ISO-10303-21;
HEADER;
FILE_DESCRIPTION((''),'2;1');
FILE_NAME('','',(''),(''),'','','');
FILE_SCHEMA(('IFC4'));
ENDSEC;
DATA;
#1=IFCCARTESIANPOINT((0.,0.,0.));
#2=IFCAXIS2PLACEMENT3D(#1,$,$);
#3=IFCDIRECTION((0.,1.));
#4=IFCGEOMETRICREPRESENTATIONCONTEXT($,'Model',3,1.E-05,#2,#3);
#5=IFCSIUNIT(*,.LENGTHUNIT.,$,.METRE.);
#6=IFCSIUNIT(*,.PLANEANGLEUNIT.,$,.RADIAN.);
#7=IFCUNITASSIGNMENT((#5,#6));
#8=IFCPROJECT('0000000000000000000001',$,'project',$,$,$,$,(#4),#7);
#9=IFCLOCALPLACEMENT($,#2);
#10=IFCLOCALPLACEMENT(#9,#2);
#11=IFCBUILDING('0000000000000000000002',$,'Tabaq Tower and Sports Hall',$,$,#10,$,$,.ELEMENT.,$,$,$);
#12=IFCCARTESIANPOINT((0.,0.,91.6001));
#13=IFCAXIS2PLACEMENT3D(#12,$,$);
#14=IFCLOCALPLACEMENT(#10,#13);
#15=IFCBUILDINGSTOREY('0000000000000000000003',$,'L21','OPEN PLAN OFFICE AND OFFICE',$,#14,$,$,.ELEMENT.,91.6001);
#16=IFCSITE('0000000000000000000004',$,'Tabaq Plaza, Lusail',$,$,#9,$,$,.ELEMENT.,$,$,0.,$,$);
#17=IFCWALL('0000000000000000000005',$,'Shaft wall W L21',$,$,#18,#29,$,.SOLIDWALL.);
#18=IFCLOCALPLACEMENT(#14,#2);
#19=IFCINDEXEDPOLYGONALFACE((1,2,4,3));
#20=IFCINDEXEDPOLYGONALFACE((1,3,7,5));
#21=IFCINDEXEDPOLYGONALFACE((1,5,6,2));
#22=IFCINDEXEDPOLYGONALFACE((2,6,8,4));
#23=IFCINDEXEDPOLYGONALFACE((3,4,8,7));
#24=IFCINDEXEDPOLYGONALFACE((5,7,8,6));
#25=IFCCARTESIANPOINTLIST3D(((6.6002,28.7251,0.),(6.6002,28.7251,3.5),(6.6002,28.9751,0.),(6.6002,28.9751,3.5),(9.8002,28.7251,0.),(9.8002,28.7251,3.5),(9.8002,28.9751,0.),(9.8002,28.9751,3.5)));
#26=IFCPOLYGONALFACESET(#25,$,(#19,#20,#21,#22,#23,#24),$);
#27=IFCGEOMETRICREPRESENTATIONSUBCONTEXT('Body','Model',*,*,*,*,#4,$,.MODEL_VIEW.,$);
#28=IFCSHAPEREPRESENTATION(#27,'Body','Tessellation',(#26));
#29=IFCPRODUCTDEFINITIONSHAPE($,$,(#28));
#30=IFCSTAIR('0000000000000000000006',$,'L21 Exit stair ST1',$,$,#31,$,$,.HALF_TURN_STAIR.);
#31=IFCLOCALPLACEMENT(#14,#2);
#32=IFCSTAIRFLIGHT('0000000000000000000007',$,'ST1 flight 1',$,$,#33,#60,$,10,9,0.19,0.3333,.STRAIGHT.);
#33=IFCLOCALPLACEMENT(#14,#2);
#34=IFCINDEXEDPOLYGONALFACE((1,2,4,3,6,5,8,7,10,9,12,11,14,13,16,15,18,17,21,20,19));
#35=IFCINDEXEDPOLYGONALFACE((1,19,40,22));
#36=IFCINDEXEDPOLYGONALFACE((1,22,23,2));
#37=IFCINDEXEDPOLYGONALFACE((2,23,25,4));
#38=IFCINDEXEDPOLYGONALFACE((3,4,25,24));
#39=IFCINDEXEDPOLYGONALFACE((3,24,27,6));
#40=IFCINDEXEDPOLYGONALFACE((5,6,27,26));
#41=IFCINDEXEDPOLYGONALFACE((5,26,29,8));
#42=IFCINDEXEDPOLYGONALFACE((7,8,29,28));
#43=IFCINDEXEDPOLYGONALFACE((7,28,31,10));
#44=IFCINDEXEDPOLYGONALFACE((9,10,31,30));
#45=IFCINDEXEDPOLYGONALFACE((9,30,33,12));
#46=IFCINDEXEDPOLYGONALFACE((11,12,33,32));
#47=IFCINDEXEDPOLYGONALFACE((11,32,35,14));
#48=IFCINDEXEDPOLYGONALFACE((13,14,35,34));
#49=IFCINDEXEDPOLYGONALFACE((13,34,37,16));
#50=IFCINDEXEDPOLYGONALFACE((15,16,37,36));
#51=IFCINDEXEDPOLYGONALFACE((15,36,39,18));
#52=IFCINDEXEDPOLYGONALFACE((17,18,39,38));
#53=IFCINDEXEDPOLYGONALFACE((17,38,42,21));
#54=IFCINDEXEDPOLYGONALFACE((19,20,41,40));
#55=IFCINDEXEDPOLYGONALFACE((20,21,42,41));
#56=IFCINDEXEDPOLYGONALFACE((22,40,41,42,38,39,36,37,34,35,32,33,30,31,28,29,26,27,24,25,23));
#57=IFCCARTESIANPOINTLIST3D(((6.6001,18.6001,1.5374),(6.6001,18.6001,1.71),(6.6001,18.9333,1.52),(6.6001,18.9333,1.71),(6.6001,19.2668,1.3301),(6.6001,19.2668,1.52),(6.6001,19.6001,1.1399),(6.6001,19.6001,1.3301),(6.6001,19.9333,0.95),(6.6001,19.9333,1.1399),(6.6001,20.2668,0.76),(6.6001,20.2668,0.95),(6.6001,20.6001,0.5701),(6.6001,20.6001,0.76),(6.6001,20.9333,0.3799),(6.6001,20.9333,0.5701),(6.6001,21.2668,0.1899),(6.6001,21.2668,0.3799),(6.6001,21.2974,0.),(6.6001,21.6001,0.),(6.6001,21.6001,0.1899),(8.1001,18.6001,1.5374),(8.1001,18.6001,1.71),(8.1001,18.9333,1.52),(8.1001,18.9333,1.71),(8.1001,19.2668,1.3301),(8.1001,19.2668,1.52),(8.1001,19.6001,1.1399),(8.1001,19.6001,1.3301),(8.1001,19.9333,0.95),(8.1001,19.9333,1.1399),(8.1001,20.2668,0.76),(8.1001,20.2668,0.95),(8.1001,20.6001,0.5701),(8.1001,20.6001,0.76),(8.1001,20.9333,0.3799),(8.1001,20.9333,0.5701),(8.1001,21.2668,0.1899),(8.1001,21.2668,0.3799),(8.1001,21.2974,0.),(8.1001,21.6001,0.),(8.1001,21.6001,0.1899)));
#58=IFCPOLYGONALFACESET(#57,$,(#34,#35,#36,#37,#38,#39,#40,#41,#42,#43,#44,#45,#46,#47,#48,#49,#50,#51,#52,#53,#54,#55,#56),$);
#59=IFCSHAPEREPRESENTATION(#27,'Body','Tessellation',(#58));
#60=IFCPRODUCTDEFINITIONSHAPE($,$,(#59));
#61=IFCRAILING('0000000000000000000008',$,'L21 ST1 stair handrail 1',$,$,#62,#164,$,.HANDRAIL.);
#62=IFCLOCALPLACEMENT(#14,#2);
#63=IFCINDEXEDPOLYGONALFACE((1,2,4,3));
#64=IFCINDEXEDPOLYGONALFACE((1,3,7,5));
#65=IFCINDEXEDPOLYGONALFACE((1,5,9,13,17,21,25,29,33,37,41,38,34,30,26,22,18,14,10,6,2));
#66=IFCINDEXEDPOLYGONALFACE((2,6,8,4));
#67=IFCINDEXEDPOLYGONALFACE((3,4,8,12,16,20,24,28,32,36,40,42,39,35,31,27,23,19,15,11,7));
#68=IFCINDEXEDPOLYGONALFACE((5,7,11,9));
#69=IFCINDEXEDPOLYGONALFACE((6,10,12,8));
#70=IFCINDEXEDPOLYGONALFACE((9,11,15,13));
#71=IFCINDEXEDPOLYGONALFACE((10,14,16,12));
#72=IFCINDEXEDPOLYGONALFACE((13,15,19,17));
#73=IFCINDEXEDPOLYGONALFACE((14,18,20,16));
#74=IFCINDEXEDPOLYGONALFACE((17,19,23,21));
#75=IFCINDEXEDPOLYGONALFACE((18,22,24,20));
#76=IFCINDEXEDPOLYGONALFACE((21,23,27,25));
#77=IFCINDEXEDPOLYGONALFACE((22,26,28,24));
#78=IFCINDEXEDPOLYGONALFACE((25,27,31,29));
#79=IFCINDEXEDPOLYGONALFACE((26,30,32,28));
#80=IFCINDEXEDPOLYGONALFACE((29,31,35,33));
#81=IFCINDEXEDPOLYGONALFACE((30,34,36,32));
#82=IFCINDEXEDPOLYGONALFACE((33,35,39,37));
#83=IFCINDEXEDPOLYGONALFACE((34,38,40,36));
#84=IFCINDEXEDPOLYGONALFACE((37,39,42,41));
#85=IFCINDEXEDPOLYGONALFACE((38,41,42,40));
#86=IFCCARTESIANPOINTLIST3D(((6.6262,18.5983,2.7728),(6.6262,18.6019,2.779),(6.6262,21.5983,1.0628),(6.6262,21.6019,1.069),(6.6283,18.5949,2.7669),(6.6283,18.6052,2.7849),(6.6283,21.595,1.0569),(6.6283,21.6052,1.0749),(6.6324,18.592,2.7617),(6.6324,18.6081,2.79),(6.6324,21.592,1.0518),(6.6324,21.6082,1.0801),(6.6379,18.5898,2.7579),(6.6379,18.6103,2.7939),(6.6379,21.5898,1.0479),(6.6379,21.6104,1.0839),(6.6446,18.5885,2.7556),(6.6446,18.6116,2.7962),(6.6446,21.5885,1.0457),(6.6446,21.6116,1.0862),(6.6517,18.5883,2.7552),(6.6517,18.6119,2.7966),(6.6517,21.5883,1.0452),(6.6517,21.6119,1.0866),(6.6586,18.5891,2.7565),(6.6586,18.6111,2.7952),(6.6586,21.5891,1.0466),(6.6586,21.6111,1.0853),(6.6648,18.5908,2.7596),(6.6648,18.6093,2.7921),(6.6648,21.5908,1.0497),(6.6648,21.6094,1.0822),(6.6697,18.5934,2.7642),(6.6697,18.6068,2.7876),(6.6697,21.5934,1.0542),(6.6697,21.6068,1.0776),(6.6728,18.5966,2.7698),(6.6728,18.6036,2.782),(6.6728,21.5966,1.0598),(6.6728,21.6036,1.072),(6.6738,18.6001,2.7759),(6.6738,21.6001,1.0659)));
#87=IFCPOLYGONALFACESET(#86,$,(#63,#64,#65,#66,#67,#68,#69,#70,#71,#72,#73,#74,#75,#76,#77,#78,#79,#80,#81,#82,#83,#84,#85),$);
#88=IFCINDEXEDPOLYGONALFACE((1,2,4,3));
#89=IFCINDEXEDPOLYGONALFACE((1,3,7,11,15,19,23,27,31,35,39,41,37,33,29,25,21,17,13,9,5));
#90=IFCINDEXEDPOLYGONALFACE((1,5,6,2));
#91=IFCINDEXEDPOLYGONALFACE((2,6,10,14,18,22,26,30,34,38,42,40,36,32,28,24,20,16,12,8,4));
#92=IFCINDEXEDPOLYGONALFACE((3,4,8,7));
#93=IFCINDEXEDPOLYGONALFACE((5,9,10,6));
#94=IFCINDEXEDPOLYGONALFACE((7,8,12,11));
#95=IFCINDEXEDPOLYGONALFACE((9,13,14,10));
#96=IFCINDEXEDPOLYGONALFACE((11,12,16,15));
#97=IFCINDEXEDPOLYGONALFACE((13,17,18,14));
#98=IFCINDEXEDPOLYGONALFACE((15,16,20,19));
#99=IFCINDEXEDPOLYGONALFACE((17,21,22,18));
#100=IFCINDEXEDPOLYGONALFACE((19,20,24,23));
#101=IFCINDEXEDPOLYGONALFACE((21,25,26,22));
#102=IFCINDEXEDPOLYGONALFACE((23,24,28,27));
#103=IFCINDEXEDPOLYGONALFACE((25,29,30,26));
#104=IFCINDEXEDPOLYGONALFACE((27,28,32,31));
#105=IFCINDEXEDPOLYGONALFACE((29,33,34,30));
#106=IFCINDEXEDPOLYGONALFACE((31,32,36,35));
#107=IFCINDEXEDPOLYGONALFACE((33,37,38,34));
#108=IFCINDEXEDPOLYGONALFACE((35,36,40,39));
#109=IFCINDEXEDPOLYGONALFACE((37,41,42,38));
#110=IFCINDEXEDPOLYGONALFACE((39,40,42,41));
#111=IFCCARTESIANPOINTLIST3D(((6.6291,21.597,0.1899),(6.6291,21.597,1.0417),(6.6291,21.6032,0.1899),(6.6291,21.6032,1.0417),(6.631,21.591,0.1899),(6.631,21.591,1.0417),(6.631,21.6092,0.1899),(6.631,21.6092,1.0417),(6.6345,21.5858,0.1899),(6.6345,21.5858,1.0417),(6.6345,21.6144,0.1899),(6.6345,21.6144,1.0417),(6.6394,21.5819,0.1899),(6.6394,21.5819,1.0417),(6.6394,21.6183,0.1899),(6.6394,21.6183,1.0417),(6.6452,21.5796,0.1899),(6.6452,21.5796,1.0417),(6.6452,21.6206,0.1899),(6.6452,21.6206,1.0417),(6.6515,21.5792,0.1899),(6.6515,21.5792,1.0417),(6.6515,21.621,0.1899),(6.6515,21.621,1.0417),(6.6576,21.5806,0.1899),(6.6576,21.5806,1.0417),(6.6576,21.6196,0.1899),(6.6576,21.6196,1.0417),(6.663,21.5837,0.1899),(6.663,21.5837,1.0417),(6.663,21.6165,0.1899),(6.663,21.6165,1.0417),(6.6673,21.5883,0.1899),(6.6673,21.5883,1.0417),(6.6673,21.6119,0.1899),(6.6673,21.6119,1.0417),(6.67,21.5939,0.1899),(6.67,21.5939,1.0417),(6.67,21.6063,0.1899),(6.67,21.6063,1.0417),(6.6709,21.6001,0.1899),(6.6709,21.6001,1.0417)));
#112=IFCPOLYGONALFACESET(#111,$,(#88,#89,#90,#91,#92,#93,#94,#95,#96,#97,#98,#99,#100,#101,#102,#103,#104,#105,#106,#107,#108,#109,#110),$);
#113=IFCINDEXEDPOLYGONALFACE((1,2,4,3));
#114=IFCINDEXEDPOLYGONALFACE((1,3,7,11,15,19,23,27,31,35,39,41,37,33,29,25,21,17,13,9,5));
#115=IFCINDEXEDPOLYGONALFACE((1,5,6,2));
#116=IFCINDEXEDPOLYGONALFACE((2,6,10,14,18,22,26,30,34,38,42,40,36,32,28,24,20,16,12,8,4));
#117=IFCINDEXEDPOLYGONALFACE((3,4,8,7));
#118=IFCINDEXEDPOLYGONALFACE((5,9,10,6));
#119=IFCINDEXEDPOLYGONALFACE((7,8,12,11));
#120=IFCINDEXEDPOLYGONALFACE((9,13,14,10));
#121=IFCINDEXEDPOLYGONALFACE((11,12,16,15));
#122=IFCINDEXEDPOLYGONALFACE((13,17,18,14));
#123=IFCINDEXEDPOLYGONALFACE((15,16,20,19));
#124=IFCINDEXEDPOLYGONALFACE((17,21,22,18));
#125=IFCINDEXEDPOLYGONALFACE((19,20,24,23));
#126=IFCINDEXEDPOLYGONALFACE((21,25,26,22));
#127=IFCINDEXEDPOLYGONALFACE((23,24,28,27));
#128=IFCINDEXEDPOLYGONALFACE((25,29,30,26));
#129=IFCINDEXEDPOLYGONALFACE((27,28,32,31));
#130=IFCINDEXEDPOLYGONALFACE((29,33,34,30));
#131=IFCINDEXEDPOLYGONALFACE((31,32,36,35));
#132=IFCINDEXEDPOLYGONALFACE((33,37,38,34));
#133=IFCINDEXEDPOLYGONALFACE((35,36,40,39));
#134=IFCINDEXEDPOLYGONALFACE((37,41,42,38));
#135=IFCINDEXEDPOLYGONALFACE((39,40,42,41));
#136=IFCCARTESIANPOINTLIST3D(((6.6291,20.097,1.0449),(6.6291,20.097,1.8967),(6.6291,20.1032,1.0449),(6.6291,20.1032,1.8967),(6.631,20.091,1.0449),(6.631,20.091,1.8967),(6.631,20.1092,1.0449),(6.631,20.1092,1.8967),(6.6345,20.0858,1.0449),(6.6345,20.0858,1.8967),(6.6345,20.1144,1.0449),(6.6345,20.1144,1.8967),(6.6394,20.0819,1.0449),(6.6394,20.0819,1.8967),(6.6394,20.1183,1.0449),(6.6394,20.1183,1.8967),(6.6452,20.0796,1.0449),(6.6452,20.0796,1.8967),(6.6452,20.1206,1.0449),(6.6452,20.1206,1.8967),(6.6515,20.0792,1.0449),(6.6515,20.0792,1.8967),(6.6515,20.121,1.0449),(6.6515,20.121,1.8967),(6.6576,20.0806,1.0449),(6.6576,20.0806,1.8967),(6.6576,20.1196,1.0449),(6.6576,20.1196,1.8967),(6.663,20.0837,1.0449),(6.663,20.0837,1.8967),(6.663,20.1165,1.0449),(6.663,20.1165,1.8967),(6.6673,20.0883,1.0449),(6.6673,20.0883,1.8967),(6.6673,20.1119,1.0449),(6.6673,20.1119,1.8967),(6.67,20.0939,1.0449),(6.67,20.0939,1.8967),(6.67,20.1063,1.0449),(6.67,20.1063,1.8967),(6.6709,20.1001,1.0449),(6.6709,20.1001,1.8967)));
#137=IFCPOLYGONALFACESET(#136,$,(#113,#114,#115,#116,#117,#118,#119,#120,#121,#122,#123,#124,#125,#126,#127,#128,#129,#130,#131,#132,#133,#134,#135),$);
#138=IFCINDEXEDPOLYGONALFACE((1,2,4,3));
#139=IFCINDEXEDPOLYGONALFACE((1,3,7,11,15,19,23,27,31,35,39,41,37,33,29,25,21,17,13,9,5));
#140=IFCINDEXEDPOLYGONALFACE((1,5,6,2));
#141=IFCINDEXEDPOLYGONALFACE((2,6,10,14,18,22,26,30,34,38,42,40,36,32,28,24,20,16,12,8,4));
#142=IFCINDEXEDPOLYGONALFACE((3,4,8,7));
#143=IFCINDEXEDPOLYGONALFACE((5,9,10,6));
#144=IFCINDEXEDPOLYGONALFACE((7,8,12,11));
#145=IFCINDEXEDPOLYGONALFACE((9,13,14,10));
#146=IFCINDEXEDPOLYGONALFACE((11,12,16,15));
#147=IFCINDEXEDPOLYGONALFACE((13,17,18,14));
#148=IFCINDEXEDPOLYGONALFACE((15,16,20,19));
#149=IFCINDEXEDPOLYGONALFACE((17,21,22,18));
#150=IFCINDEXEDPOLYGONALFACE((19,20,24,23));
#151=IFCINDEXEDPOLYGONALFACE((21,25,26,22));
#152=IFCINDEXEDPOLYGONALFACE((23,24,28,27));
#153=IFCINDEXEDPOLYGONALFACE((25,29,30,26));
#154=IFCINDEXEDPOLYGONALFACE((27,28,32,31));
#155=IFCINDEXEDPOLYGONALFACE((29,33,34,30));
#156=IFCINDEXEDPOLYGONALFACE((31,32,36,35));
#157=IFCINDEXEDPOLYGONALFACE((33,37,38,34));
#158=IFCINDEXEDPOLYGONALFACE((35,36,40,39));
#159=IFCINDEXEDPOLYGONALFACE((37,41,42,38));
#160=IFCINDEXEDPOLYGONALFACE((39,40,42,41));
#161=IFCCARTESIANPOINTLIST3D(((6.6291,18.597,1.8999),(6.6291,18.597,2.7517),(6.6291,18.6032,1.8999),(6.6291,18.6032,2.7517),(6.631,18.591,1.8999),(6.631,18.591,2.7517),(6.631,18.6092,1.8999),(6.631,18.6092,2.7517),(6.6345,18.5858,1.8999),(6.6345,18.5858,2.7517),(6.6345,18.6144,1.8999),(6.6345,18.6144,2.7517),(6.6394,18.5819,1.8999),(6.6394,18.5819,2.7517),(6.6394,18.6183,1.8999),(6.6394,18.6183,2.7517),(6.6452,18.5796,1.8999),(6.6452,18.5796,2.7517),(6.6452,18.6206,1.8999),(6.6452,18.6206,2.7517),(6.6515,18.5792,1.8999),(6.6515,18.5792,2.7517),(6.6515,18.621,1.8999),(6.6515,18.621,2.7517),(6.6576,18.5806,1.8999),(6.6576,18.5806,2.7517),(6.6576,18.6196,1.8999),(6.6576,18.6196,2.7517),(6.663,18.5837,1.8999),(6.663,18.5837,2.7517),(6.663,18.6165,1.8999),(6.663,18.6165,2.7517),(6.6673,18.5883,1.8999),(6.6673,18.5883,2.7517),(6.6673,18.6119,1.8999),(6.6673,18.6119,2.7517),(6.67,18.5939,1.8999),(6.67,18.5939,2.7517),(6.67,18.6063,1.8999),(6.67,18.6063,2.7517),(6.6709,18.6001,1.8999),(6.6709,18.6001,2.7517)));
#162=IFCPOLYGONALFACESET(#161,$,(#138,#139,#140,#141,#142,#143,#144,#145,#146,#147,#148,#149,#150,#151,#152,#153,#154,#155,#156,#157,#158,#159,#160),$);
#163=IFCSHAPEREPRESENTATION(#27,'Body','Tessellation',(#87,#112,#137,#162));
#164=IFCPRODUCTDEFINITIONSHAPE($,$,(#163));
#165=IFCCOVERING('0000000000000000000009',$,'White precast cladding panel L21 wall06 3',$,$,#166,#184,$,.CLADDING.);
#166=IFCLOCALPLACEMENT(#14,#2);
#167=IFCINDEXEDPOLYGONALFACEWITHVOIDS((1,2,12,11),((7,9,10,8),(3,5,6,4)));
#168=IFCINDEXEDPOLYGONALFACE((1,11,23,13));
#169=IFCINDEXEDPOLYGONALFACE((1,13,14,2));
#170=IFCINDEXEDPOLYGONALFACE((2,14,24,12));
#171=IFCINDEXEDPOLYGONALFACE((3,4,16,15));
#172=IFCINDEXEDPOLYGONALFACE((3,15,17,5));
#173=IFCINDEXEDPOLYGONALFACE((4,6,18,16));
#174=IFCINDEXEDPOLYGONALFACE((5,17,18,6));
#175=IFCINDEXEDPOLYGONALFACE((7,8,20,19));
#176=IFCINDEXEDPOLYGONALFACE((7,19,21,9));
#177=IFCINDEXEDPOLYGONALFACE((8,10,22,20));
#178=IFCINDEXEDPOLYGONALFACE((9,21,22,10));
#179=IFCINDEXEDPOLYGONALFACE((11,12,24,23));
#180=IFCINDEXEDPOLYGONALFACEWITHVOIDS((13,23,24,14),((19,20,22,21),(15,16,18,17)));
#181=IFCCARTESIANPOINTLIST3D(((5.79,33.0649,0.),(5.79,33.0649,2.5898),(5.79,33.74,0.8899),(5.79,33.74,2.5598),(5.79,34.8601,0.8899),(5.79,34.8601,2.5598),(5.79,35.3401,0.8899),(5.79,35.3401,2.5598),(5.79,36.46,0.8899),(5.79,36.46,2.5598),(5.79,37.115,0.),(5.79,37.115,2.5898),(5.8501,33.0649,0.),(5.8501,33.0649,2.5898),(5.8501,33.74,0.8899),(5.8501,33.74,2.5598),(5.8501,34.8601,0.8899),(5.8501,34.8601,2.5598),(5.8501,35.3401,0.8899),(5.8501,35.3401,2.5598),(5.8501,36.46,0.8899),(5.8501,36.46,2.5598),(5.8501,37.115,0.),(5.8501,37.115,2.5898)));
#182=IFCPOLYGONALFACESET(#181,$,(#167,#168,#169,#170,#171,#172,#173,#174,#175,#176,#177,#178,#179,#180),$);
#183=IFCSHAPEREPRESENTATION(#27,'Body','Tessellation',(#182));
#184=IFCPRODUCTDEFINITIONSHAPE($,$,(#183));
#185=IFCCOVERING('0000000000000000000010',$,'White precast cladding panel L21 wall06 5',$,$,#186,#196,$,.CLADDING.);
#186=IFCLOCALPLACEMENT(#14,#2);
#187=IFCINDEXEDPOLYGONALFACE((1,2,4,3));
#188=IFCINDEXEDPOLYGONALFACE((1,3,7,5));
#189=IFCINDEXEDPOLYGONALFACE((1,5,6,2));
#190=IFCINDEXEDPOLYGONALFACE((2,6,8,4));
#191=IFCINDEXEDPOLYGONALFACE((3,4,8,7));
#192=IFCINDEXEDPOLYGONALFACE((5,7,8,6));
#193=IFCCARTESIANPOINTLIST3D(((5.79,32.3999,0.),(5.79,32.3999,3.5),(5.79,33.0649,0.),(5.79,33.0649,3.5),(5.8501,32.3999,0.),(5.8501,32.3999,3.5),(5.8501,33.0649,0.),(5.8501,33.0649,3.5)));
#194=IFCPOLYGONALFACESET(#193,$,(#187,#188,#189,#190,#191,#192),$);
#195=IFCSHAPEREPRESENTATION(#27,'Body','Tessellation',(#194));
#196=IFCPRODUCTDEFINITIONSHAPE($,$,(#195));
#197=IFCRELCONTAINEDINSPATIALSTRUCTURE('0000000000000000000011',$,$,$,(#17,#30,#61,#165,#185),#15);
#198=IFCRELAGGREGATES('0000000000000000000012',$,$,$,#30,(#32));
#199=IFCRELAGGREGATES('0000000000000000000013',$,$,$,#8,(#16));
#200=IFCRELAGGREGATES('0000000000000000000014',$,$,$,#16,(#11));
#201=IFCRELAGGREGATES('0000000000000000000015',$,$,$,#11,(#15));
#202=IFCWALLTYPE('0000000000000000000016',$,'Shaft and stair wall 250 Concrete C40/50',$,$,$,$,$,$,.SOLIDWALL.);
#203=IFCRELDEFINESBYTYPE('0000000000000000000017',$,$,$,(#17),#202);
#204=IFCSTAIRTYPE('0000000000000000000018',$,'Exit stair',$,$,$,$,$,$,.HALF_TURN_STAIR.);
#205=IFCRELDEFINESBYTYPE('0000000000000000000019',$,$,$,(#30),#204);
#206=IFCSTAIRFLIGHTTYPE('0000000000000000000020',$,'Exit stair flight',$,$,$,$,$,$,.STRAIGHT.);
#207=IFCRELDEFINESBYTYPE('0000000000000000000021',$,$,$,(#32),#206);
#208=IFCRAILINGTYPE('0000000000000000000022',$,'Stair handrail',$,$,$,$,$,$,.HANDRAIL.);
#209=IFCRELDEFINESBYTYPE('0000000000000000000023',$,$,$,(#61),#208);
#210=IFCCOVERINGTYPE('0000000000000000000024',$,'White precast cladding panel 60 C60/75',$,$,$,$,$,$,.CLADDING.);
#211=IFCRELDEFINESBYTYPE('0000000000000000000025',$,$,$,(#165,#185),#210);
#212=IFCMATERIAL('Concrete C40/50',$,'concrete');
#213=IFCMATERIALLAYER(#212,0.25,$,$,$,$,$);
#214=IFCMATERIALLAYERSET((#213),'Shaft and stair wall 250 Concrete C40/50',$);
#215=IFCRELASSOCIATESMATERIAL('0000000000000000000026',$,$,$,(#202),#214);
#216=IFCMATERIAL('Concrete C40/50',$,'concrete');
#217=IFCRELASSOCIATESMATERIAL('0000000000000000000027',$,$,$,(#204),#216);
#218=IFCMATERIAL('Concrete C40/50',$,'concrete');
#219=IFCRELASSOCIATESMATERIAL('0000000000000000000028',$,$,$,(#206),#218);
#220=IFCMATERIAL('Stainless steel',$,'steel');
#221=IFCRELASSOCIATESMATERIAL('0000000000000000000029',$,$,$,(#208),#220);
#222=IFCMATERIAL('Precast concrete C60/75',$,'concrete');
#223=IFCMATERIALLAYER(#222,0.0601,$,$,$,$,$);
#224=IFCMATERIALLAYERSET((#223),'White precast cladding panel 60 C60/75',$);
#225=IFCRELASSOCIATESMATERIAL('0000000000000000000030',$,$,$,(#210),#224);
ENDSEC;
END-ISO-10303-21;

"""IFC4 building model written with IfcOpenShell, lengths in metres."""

from ifc_helpers import new_model, si_unit, direction, frame, frame_2d, origin, origin_2d, place, context, subcontext, project, spatial, polyline, rectangle, circle, outline, extrude, material, layer, layer_set, type_object, element, aggregate, save


model = new_model("IFC4")

# Units and contexts
model_context = context("Model", 3, precision=1e-05, world=origin(), true_north=direction((0.0, 1.0)))
body_context = subcontext(model_context, "Body", "Model", "MODEL_VIEW")
ifc_project = project(units=[si_unit("LENGTHUNIT", "METRE"), si_unit("PLANEANGLEUNIT", "RADIAN")], contexts=[model_context])

# Site, building, storey
site_placement = place(None, origin())
site = spatial("IfcSite", under=ifc_project, at=site_placement, Name="Tabaq Plaza, Lusail", CompositionType="ELEMENT", RefElevation=0.0)
building_placement = place(site_placement, origin())
building = spatial("IfcBuilding", under=site, at=building_placement, Name="Tabaq Tower and Sports Hall", CompositionType="ELEMENT")
storey_placement = place(building_placement, frame((0.0, 0.0, 91.6001)))
storey = spatial("IfcBuildingStorey", under=building, at=storey_placement, Name="L21", Description="OPEN PLAN OFFICE AND OFFICE", CompositionType="ELEMENT", Elevation=91.6001)

# Shared definitions
ifc_material_1 = material(Name="Concrete C40/50", Category="concrete")
ifc_layer_1 = layer(ifc_material_1, 0.25)
ifc_layer_set_1 = layer_set([ifc_layer_1], Name="Shaft and stair wall 250 Concrete C40/50")
wall_type_1 = type_object("IfcWallType", Name="Shaft and stair wall 250 Concrete C40/50", PredefinedType="SOLIDWALL", material=ifc_layer_set_1)

# Wall
wall_1_placement = place(storey_placement, frame((6.6001, 28.8501, 0.0), z_axis=(0.0, 0.0, 1.0), x_axis=(1.0, 0.0, 0.0)))
element("IfcWall", 1, at=wall_1_placement, inside=storey, type_object=wall_type_1, Name="Shaft wall W L21", PredefinedType="SOLIDWALL", context=body_context, shape_type="SweptSolid", body=[
    extrude(rectangle(XDim=3.2, YDim=0.25, at=frame_2d((1.6001, 0.0))), origin(), (0.0, 0.0, 1.0), 3.5),
])

# Stair, stair flight
ifc_material_2 = material(Name="Concrete C40/50", Category="concrete")
stair_type = type_object("IfcStairType", Name="Exit stair", PredefinedType="HALF_TURN_STAIR", material=ifc_material_2)
stair_placement = place(storey_placement, origin())
stair = element("IfcStair", 2, at=stair_placement, inside=storey, type_object=stair_type, Name="L21 Exit stair ST1", PredefinedType="HALF_TURN_STAIR")
ifc_material_3 = material(Name="Concrete C40/50", Category="concrete")
stair_flight_type = type_object("IfcStairFlightType", Name="Exit stair flight", PredefinedType="STRAIGHT", material=ifc_material_3)
stair_flight_placement = place(storey_placement, frame((7.3501, 21.6001, 0.0), z_axis=(0.0, 0.0, 1.0), x_axis=(0.0, -1.0, 0.0)))
stair_flight = element("IfcStairFlight", 3, at=stair_flight_placement, type_object=stair_flight_type, Name="ST1 flight 1", NumberOfRisers=10, NumberOfTreads=9, PredefinedType="STRAIGHT", RiserHeight=0.19, TreadLength=0.3333, context=body_context, shape_type="SweptSolid", body=[
    extrude(outline(polyline([(0.0, 0.0), (0.0, 0.1899), (0.3333, 0.1899), (0.3333, 0.3799), (0.6667, 0.3799), (0.6667, 0.5701), (1.0, 0.5701), (1.0, 0.76), (1.3333, 0.76), (1.3333, 0.95), (1.6667, 0.95), (1.6667, 1.1399), (2.0, 1.1399), (2.0, 1.3301), (2.3333, 1.3301), (2.3333, 1.52), (2.6667, 1.52), (2.6667, 1.71), (3.0, 1.71), (3.0, 1.8999), (3.0, 1.5374), (0.3027, 0.0), (0.0, 0.0)])), frame((0.0, 0.75, 0.0), z_axis=(0.0, -1.0, 0.0), x_axis=(1.0, 0.0, 0.0)), (0.0, 0.0, 1.0), 1.5),
])
aggregate(stair, [stair_flight])

# Railing
ifc_material_4 = material(Name="Stainless steel", Category="steel")
railing_type_1 = type_object("IfcRailingType", Name="Stair handrail", PredefinedType="HANDRAIL", material=ifc_material_4)
railing_1_placement = place(storey_placement, frame((6.6499, 21.6001, 0.1899)))
element("IfcRailing", 4, at=railing_1_placement, inside=storey, type_object=railing_type_1, Name="L21 ST1 stair handrail 1", PredefinedType="HANDRAIL", context=body_context, shape_type="SweptSolid", body=[
    extrude(circle(Radius=0.0239, at=origin_2d()), frame((0.0, 0.0, 0.876), z_axis=(0.0, -0.868782, 0.495195), x_axis=(1.0, 0.0, 0.0)), (0.0, 0.0, 1.0), 3.4531),
    extrude(circle(Radius=0.021, at=origin_2d()), origin(), (0.0, 0.0, 1.0), 0.8518),
    extrude(circle(Radius=0.021, at=origin_2d()), frame((0.0, -1.5, 0.855)), (0.0, 0.0, 1.0), 0.8518),
    extrude(circle(Radius=0.021, at=origin_2d()), frame((0.0, -3.0, 1.71)), (0.0, 0.0, 1.0), 0.8518),
])

# Coverings
ifc_material_5 = material(Name="Precast concrete C60/75", Category="concrete")
ifc_layer_2 = layer(ifc_material_5, 0.0601)
ifc_layer_set_2 = layer_set([ifc_layer_2], Name="White precast cladding panel 60 C60/75")
covering_type = type_object("IfcCoveringType", Name="White precast cladding panel 60 C60/75", PredefinedType="CLADDING", material=ifc_layer_set_2)
covering_1_placement = place(storey_placement, frame((5.8201, 37.115, 0.0), z_axis=(0.0, 0.0, 1.0), x_axis=(0.0, -1.0, 0.0)))
element("IfcCovering", 5, at=covering_1_placement, inside=storey, type_object=covering_type, Name="White precast cladding panel L21 wall06 3", PredefinedType="CLADDING", context=body_context, shape_type="SweptSolid", body=[
    extrude(outline(polyline([(0.0, 0.0), (4.05, 0.0), (4.05, 2.5898), (0.0, 2.5898), (0.0, 0.0)]), holes=[polyline([(0.655, 0.8899), (0.655, 2.5598), (1.7749, 2.5598), (1.7749, 0.8899), (0.655, 0.8899)]), polyline([(2.2549, 0.8899), (2.2549, 2.5598), (3.375, 2.5598), (3.375, 0.8899), (2.2549, 0.8899)])]), frame((0.0, 0.03, 0.0), z_axis=(0.0, -1.0, 0.0), x_axis=(1.0, 0.0, 0.0)), (0.0, 0.0, 1.0), 0.0601),
])
covering_2_placement = place(storey_placement, frame((5.8201, 33.0649, 0.0), z_axis=(0.0, 0.0, 1.0), x_axis=(0.0, -1.0, 0.0)))
element("IfcCovering", 6, at=covering_2_placement, inside=storey, type_object=covering_type, Name="White precast cladding panel L21 wall06 5", PredefinedType="CLADDING", context=body_context, shape_type="SweptSolid", body=[
    extrude(rectangle(XDim=0.665, YDim=0.0601, at=frame_2d((0.3325, 0.0))), origin(), (0.0, 0.0, 1.0), 3.5),
])

save(model, "model.ifc")
